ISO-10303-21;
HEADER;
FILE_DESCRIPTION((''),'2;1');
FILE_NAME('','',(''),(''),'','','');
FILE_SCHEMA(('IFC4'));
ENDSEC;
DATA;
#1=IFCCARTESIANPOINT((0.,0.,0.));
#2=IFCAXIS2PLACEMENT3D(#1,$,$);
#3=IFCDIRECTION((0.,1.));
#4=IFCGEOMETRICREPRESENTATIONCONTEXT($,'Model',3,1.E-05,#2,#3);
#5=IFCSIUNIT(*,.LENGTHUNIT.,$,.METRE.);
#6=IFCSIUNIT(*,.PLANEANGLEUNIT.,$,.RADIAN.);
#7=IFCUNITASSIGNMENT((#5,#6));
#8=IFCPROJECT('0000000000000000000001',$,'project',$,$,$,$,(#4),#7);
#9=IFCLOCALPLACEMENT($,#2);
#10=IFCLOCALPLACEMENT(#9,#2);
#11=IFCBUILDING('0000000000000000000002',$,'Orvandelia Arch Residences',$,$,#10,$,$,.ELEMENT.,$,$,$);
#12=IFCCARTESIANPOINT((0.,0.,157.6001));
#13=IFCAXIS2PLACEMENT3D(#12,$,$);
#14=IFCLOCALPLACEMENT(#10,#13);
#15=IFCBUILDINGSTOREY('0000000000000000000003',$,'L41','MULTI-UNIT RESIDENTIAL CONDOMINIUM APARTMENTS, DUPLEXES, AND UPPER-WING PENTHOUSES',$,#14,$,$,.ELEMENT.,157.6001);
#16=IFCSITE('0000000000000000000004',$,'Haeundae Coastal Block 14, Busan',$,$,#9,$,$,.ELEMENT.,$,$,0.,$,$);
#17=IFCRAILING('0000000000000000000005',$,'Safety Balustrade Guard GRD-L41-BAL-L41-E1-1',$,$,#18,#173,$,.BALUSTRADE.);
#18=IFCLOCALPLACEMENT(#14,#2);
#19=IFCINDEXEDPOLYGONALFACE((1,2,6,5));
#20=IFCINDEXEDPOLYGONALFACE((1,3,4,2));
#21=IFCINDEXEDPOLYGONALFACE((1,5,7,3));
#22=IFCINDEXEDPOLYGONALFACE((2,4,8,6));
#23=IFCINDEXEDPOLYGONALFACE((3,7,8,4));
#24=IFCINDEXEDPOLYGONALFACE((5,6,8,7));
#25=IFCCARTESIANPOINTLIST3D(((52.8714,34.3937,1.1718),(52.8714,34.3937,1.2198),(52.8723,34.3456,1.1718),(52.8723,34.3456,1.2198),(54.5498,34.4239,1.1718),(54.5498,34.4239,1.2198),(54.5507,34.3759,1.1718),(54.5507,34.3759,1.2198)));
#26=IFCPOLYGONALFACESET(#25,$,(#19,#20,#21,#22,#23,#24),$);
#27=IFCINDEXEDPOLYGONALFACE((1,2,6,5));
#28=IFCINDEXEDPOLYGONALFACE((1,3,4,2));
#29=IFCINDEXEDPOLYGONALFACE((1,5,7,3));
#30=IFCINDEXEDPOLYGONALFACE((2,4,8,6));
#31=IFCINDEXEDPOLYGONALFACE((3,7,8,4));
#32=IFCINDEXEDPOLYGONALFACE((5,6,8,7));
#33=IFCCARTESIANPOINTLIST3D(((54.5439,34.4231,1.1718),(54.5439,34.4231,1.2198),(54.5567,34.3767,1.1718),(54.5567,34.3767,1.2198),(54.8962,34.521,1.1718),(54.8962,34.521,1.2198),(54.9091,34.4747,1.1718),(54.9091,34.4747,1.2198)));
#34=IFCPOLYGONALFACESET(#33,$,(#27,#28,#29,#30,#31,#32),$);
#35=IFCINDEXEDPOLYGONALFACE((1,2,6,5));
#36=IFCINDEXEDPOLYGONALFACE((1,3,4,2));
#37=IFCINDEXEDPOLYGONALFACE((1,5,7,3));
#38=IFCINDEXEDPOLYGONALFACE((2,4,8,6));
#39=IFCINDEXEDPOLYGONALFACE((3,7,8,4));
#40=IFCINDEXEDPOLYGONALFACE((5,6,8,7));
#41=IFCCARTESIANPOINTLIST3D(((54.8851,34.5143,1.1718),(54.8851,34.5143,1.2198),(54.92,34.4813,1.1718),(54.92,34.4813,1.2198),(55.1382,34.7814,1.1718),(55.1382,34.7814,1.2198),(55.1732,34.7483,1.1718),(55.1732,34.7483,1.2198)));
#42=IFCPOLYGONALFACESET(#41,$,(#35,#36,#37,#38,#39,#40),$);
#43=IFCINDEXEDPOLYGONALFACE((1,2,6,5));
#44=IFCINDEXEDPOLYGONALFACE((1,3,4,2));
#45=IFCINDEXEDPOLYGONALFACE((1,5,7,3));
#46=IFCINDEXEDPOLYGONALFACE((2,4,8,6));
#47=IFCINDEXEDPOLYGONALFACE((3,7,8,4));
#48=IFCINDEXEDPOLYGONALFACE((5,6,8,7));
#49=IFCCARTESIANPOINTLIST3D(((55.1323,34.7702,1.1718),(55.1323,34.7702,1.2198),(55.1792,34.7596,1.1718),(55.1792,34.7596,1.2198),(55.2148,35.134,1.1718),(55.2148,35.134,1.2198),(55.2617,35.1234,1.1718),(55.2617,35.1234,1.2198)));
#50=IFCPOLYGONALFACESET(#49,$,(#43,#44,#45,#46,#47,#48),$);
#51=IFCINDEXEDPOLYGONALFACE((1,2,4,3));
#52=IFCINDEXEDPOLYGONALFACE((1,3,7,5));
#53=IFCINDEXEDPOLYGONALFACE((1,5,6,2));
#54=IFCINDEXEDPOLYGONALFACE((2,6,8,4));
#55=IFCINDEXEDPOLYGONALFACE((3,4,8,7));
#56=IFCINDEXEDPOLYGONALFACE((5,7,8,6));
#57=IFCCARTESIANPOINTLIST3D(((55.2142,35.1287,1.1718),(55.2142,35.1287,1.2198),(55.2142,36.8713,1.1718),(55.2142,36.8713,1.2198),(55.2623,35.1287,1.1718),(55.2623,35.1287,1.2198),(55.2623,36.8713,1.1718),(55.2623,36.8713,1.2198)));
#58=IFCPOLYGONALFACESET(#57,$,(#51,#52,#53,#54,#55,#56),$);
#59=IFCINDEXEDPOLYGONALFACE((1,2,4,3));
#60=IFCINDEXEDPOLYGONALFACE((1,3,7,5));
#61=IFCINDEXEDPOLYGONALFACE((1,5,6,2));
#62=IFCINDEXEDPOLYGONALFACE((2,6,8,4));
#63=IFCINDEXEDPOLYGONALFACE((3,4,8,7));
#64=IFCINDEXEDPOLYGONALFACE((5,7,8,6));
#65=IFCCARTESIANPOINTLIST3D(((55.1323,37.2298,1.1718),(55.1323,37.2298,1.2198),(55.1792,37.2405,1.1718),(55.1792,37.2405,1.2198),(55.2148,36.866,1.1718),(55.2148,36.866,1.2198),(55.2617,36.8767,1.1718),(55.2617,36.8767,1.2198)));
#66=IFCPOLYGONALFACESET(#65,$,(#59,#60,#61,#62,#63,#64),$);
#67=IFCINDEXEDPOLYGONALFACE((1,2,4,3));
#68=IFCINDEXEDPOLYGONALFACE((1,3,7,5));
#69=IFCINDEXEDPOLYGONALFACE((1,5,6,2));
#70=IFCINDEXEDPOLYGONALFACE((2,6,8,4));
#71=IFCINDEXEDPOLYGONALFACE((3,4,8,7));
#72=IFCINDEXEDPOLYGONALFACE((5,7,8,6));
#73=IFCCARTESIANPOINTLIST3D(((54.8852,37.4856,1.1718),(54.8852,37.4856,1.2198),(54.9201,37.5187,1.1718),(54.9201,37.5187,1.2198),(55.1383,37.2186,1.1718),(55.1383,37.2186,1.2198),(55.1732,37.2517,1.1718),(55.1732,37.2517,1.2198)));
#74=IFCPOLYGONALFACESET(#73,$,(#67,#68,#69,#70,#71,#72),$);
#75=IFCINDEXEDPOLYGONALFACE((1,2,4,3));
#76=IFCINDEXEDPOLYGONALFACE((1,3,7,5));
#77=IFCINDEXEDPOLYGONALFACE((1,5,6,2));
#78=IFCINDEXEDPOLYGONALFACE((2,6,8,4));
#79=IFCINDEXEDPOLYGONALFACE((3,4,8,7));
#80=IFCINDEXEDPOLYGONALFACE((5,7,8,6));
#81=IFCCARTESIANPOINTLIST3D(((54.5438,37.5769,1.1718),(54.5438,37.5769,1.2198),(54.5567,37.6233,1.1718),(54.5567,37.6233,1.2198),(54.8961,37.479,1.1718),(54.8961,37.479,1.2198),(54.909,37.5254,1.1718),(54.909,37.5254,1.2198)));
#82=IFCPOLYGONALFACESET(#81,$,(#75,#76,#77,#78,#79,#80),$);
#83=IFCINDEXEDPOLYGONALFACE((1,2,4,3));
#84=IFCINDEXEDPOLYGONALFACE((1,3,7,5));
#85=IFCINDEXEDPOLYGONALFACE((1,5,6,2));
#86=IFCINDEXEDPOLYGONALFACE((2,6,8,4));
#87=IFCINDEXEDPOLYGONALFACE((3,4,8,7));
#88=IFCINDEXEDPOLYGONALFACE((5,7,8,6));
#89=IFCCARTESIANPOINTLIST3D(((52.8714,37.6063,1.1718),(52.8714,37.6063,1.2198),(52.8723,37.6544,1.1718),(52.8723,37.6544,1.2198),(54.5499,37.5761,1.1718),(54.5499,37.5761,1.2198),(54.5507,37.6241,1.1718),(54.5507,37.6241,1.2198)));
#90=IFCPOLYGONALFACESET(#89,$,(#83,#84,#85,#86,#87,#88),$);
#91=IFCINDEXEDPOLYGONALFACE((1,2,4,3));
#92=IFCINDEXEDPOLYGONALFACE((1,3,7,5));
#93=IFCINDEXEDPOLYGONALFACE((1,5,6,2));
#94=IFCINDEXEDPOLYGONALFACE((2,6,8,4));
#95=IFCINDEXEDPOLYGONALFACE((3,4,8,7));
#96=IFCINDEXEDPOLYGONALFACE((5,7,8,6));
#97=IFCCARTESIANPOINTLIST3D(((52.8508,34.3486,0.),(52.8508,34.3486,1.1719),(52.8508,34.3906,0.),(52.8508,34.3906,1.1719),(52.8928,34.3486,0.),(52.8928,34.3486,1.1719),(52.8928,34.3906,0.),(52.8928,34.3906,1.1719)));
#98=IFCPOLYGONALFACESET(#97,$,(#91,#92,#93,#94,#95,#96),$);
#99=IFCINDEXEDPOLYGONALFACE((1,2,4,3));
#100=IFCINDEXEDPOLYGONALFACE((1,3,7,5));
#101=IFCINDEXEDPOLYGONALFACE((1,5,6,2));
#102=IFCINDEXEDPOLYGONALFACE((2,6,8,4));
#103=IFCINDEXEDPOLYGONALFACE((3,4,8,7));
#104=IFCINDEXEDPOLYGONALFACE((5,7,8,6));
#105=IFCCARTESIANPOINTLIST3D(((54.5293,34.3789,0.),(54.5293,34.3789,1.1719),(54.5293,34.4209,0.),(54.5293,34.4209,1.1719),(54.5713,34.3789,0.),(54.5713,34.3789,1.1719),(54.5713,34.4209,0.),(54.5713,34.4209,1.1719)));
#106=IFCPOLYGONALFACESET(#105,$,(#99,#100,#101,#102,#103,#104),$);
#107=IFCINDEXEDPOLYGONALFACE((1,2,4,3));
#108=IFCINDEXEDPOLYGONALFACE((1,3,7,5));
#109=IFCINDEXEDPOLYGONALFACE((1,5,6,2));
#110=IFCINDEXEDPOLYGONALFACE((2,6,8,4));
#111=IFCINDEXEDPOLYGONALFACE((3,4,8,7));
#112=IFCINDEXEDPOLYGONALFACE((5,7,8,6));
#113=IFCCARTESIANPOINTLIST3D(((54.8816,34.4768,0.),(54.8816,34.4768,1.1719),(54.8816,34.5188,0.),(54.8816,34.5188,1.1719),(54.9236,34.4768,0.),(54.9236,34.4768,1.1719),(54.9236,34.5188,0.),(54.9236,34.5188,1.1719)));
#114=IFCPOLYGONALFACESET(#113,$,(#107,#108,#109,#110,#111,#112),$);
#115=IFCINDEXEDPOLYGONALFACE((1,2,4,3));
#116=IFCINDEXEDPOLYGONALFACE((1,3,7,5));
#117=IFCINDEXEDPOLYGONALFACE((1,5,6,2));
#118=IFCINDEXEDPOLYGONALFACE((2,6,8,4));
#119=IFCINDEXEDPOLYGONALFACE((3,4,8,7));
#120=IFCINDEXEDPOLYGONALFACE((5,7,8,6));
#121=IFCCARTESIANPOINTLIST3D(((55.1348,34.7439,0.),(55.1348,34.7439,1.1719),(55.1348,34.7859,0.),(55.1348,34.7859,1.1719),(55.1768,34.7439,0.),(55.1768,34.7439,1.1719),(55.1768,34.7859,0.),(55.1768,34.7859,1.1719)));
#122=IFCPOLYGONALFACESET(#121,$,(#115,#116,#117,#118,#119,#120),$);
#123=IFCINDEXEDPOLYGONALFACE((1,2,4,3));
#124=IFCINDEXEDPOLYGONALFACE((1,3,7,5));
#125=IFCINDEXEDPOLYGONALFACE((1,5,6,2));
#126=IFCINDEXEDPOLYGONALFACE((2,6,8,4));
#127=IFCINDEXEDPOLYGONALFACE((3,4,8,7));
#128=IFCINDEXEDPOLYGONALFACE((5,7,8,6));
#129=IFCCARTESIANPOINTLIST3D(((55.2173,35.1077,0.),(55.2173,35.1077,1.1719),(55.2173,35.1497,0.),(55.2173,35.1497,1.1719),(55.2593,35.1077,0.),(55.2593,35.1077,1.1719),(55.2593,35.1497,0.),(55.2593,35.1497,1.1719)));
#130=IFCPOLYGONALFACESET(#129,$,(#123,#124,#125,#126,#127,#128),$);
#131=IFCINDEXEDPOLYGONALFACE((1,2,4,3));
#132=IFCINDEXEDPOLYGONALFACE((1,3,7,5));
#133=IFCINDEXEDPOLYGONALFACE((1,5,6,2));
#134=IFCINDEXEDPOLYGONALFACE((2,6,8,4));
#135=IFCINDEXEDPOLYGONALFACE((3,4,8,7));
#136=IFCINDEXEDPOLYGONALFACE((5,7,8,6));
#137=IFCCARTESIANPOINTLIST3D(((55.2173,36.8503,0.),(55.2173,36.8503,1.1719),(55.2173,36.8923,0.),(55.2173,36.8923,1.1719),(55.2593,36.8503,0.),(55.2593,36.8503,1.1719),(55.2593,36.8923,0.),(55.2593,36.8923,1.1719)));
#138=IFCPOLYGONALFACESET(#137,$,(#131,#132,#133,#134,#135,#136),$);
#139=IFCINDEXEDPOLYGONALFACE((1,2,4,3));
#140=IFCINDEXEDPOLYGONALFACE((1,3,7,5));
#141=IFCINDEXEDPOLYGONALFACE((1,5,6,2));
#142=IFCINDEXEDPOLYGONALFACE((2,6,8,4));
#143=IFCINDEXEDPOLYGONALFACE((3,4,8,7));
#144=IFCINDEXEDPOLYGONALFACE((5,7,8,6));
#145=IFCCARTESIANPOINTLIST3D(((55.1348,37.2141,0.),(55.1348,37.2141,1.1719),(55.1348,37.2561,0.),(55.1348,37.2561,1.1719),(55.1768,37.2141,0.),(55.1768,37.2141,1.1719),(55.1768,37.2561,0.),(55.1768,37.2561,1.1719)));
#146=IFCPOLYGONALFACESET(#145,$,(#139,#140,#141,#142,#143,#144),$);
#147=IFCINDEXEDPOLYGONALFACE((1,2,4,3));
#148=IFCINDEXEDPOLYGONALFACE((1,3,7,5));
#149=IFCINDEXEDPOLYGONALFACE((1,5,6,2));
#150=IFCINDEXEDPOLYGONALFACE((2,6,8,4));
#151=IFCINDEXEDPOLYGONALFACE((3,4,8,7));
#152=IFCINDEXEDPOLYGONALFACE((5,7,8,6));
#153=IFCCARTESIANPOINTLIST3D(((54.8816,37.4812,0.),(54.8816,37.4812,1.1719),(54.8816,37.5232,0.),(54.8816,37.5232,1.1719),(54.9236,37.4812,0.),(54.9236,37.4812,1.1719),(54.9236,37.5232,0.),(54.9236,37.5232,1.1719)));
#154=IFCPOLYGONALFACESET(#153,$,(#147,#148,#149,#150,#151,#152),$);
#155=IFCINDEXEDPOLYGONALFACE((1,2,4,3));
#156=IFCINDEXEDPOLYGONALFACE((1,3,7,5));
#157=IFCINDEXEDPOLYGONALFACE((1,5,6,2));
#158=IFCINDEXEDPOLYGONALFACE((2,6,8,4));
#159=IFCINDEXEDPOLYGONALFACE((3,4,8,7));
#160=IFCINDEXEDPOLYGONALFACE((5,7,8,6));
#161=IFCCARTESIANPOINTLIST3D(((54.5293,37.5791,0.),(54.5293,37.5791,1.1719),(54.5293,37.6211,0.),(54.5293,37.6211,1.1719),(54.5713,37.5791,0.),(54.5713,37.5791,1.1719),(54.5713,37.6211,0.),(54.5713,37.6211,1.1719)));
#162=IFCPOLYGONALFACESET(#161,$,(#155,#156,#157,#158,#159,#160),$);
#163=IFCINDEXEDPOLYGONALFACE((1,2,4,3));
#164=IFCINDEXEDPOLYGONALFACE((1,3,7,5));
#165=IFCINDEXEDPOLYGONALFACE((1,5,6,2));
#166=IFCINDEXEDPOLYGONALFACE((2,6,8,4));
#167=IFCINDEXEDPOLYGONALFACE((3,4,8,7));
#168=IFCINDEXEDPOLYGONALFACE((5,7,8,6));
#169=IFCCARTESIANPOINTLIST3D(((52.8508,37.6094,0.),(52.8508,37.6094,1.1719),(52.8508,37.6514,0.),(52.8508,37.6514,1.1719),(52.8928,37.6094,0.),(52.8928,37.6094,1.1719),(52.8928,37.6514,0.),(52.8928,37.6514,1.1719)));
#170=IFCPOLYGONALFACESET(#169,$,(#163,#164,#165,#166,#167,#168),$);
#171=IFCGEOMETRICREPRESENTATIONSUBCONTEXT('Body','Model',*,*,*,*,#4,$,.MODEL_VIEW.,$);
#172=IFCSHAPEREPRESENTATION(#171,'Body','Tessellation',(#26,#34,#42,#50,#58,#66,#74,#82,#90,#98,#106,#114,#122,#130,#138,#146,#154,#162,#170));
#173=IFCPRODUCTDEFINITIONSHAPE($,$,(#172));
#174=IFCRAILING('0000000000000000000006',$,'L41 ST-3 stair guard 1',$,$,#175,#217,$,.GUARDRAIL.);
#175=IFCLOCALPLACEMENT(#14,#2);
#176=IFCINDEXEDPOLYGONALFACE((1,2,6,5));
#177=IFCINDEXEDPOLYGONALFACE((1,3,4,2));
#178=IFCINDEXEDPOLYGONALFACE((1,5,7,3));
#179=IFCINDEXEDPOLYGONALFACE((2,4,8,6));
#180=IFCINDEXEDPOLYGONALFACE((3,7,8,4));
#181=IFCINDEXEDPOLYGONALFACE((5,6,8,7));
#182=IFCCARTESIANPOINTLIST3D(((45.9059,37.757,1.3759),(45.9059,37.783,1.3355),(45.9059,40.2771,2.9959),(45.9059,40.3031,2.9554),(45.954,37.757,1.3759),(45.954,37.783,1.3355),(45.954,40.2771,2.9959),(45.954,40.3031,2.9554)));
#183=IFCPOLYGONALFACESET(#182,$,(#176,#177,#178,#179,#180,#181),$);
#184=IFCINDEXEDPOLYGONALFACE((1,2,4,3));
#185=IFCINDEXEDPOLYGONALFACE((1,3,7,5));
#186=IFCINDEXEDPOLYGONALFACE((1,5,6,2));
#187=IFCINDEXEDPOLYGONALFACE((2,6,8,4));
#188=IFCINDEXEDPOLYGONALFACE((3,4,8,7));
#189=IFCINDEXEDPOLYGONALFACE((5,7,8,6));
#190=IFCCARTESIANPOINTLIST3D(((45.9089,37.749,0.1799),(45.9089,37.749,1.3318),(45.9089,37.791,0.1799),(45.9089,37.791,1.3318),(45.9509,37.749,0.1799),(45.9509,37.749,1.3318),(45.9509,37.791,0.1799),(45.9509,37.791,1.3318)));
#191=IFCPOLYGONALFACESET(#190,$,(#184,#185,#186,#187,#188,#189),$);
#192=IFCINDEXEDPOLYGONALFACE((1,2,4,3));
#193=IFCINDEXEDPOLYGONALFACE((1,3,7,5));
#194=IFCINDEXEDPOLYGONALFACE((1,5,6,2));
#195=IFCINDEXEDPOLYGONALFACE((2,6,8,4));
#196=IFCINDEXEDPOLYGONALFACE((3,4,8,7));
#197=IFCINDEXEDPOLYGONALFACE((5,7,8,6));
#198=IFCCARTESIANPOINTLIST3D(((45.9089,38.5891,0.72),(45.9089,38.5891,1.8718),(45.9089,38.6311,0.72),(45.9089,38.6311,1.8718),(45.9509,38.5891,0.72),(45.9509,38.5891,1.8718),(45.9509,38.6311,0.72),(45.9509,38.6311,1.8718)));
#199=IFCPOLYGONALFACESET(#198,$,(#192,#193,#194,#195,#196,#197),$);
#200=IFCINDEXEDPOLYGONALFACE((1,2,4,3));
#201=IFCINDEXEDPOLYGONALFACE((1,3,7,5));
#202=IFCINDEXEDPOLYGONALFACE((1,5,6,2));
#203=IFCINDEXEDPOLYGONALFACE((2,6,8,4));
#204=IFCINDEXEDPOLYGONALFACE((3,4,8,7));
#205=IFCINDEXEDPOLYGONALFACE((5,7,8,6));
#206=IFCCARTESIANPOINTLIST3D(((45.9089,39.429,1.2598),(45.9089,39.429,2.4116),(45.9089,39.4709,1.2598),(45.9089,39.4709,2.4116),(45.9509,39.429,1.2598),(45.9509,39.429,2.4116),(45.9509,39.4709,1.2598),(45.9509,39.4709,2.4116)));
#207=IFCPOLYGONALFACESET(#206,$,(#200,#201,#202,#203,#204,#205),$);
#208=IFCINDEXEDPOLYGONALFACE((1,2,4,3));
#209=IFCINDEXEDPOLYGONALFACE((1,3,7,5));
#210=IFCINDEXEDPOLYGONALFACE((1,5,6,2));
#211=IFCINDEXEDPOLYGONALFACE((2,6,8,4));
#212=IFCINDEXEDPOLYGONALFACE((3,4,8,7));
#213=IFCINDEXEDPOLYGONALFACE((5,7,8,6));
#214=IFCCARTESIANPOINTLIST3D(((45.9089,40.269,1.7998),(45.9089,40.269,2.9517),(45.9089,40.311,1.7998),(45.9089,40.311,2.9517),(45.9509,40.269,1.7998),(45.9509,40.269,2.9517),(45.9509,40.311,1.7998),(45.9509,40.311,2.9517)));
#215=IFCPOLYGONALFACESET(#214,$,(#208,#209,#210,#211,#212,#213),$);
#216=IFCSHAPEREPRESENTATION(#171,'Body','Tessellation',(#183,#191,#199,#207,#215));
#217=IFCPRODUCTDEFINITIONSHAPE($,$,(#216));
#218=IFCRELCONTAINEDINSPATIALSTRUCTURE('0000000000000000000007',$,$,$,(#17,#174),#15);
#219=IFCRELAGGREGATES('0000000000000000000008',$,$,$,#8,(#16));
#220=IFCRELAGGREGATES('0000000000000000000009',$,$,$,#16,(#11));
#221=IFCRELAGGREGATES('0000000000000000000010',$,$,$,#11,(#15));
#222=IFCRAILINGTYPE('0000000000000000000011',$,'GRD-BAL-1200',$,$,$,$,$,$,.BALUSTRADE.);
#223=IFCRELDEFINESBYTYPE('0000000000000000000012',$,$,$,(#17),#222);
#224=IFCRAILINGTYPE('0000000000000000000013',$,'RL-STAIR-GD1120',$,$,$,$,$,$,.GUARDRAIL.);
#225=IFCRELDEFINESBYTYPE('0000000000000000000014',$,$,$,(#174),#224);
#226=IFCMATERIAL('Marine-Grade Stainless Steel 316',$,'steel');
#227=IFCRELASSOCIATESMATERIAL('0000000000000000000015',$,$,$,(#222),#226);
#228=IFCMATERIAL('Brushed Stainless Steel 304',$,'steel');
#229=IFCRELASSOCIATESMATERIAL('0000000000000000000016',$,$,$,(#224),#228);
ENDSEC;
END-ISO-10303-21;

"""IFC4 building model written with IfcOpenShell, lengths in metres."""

from ifc_helpers import new_model, si_unit, direction, frame, origin, origin_2d, place, context, subcontext, project, spatial, rectangle, extrude, material, type_object, element, save


model = new_model("IFC4")

# Units and contexts
model_context = context("Model", 3, precision=1e-05, world=origin(), true_north=direction((0.0, 1.0)))
body_context = subcontext(model_context, "Body", "Model", "MODEL_VIEW")
ifc_project = project(units=[si_unit("LENGTHUNIT", "METRE"), si_unit("PLANEANGLEUNIT", "RADIAN")], contexts=[model_context])

# Site, building, storey
site_placement = place(None, origin())
site = spatial("IfcSite", under=ifc_project, at=site_placement, Name="Haeundae Coastal Block 14, Busan", CompositionType="ELEMENT", RefElevation=0.0)
building_placement = place(site_placement, origin())
building = spatial("IfcBuilding", under=site, at=building_placement, Name="Orvandelia Arch Residences", CompositionType="ELEMENT")
storey_placement = place(building_placement, frame((0.0, 0.0, 157.6001)))
storey = spatial("IfcBuildingStorey", under=building, at=storey_placement, Name="L41", Description="MULTI-UNIT RESIDENTIAL CONDOMINIUM APARTMENTS, DUPLEXES, AND UPPER-WING PENTHOUSES", CompositionType="ELEMENT", Elevation=157.6001)

# Railings
ifc_material_1 = material(Name="Marine-Grade Stainless Steel 316", Category="steel")
railing_type_1 = type_object("IfcRailingType", Name="GRD-BAL-1200", PredefinedType="BALUSTRADE", material=ifc_material_1)
railing_1_placement = place(storey_placement, frame((52.8718, 34.3696, 0.0)))
element("IfcRailing", 1, at=railing_1_placement, inside=storey, type_object=railing_type_1, Name="Safety Balustrade Guard GRD-L41-BAL-L41-E1-1", PredefinedType="BALUSTRADE", context=body_context, shape_type="SweptSolid", body=[
    extrude(rectangle(XDim=0.0481, YDim=0.0481, at=origin_2d()), frame((0.0, 0.0, 1.1958), z_axis=(0.999837, 0.018033, 0.0), x_axis=(-0.018033, 0.999837, 0.0)), (0.0, 0.0, 1.0), 1.6787),
    extrude(rectangle(XDim=0.0481, YDim=0.0481, at=origin_2d()), frame((1.6785, 0.0303, 1.1958), z_axis=(0.963489, 0.267747, 0.0), x_axis=(-0.267747, 0.963489, 0.0)), (0.0, 0.0, 1.0), 0.3657),
    extrude(rectangle(XDim=0.0481, YDim=0.0481, at=origin_2d()), frame((2.0308, 0.1282, 1.1958), z_axis=(0.687947, 0.725761, 0.0), x_axis=(-0.725761, 0.687947, 0.0)), (0.0, 0.0, 1.0), 0.3679),
    extrude(rectangle(XDim=0.0481, YDim=0.0481, at=origin_2d()), frame((2.2839, 0.3953, 1.1958), z_axis=(0.221225, 0.975223, 0.0), x_axis=(-0.975223, 0.221225, 0.0)), (0.0, 0.0, 1.0), 0.373),
    extrude(rectangle(XDim=0.0481, YDim=0.0481, at=origin_2d()), frame((2.3665, 0.759, 1.1958), z_axis=(0.0, 1.0, 0.0), x_axis=(-1.0, 0.0, 0.0)), (0.0, 0.0, 1.0), 1.7427),
    extrude(rectangle(XDim=0.0481, YDim=0.0481, at=origin_2d()), frame((2.3665, 2.5017, 1.1958), z_axis=(-0.221225, 0.975223, 0.0), x_axis=(-0.975223, -0.221225, 0.0)), (0.0, 0.0, 1.0), 0.373),
    extrude(rectangle(XDim=0.0481, YDim=0.0481, at=origin_2d()), frame((2.2839, 2.8655, 1.1958), z_axis=(-0.687947, 0.725761, 0.0), x_axis=(-0.725761, -0.687947, 0.0)), (0.0, 0.0, 1.0), 0.3679),
    extrude(rectangle(XDim=0.0481, YDim=0.0481, at=origin_2d()), frame((2.0308, 3.1326, 1.1958), z_axis=(-0.963489, 0.267747, 0.0), x_axis=(-0.267747, -0.963489, 0.0)), (0.0, 0.0, 1.0), 0.3657),
    extrude(rectangle(XDim=0.0481, YDim=0.0481, at=origin_2d()), frame((1.6785, 3.2305, 1.1958), z_axis=(-0.999837, 0.018033, 0.0), x_axis=(-0.018033, -0.999837, 0.0)), (0.0, 0.0, 1.0), 1.6787),
    extrude(rectangle(XDim=0.042, YDim=0.042, at=origin_2d()), origin(), (0.0, 0.0, 1.0), 1.1719),
    extrude(rectangle(XDim=0.042, YDim=0.042, at=origin_2d()), frame((1.6785, 0.0303, 0.0)), (0.0, 0.0, 1.0), 1.1719),
    extrude(rectangle(XDim=0.042, YDim=0.042, at=origin_2d()), frame((2.0308, 0.1282, 0.0)), (0.0, 0.0, 1.0), 1.1719),
    extrude(rectangle(XDim=0.042, YDim=0.042, at=origin_2d()), frame((2.2839, 0.3953, 0.0)), (0.0, 0.0, 1.0), 1.1719),
    extrude(rectangle(XDim=0.042, YDim=0.042, at=origin_2d()), frame((2.3665, 0.759, 0.0)), (0.0, 0.0, 1.0), 1.1719),
    extrude(rectangle(XDim=0.042, YDim=0.042, at=origin_2d()), frame((2.3665, 2.5017, 0.0)), (0.0, 0.0, 1.0), 1.1719),
    extrude(rectangle(XDim=0.042, YDim=0.042, at=origin_2d()), frame((2.2839, 2.8655, 0.0)), (0.0, 0.0, 1.0), 1.1719),
    extrude(rectangle(XDim=0.042, YDim=0.042, at=origin_2d()), frame((2.0308, 3.1326, 0.0)), (0.0, 0.0, 1.0), 1.1719),
    extrude(rectangle(XDim=0.042, YDim=0.042, at=origin_2d()), frame((1.6785, 3.2305, 0.0)), (0.0, 0.0, 1.0), 1.1719),
    extrude(rectangle(XDim=0.042, YDim=0.042, at=origin_2d()), frame((0.0, 3.2607, 0.0)), (0.0, 0.0, 1.0), 1.1719),
])
ifc_material_2 = material(Name="Brushed Stainless Steel 304", Category="steel")
railing_type_2 = type_object("IfcRailingType", Name="RL-STAIR-GD1120", PredefinedType="GUARDRAIL", material=ifc_material_2)
railing_2_placement = place(storey_placement, frame((45.9299, 37.77, 0.1799)))
element("IfcRailing", 2, at=railing_2_placement, inside=storey, type_object=railing_type_2, Name="L41 ST-3 stair guard 1", PredefinedType="GUARDRAIL", context=body_context, shape_type="SweptSolid", body=[
    extrude(rectangle(XDim=0.0481, YDim=0.0481, at=origin_2d()), frame((0.0, 0.0, 1.1758), z_axis=(0.0, 0.8412, 0.540725), x_axis=(-1.0, 0.0, 0.0)), (0.0, 0.0, 1.0), 2.9958),
    extrude(rectangle(XDim=0.042, YDim=0.042, at=origin_2d()), origin(), (0.0, 0.0, 1.0), 1.1519),
    extrude(rectangle(XDim=0.042, YDim=0.042, at=origin_2d()), frame((0.0, 0.8401, 0.54)), (0.0, 0.0, 1.0), 1.1519),
    extrude(rectangle(XDim=0.042, YDim=0.042, at=origin_2d()), frame((0.0, 1.6799, 1.0798)), (0.0, 0.0, 1.0), 1.1519),
    extrude(rectangle(XDim=0.042, YDim=0.042, at=origin_2d()), frame((0.0, 2.52, 1.6199)), (0.0, 0.0, 1.0), 1.1519),
])

save(model, "model.ifc")
